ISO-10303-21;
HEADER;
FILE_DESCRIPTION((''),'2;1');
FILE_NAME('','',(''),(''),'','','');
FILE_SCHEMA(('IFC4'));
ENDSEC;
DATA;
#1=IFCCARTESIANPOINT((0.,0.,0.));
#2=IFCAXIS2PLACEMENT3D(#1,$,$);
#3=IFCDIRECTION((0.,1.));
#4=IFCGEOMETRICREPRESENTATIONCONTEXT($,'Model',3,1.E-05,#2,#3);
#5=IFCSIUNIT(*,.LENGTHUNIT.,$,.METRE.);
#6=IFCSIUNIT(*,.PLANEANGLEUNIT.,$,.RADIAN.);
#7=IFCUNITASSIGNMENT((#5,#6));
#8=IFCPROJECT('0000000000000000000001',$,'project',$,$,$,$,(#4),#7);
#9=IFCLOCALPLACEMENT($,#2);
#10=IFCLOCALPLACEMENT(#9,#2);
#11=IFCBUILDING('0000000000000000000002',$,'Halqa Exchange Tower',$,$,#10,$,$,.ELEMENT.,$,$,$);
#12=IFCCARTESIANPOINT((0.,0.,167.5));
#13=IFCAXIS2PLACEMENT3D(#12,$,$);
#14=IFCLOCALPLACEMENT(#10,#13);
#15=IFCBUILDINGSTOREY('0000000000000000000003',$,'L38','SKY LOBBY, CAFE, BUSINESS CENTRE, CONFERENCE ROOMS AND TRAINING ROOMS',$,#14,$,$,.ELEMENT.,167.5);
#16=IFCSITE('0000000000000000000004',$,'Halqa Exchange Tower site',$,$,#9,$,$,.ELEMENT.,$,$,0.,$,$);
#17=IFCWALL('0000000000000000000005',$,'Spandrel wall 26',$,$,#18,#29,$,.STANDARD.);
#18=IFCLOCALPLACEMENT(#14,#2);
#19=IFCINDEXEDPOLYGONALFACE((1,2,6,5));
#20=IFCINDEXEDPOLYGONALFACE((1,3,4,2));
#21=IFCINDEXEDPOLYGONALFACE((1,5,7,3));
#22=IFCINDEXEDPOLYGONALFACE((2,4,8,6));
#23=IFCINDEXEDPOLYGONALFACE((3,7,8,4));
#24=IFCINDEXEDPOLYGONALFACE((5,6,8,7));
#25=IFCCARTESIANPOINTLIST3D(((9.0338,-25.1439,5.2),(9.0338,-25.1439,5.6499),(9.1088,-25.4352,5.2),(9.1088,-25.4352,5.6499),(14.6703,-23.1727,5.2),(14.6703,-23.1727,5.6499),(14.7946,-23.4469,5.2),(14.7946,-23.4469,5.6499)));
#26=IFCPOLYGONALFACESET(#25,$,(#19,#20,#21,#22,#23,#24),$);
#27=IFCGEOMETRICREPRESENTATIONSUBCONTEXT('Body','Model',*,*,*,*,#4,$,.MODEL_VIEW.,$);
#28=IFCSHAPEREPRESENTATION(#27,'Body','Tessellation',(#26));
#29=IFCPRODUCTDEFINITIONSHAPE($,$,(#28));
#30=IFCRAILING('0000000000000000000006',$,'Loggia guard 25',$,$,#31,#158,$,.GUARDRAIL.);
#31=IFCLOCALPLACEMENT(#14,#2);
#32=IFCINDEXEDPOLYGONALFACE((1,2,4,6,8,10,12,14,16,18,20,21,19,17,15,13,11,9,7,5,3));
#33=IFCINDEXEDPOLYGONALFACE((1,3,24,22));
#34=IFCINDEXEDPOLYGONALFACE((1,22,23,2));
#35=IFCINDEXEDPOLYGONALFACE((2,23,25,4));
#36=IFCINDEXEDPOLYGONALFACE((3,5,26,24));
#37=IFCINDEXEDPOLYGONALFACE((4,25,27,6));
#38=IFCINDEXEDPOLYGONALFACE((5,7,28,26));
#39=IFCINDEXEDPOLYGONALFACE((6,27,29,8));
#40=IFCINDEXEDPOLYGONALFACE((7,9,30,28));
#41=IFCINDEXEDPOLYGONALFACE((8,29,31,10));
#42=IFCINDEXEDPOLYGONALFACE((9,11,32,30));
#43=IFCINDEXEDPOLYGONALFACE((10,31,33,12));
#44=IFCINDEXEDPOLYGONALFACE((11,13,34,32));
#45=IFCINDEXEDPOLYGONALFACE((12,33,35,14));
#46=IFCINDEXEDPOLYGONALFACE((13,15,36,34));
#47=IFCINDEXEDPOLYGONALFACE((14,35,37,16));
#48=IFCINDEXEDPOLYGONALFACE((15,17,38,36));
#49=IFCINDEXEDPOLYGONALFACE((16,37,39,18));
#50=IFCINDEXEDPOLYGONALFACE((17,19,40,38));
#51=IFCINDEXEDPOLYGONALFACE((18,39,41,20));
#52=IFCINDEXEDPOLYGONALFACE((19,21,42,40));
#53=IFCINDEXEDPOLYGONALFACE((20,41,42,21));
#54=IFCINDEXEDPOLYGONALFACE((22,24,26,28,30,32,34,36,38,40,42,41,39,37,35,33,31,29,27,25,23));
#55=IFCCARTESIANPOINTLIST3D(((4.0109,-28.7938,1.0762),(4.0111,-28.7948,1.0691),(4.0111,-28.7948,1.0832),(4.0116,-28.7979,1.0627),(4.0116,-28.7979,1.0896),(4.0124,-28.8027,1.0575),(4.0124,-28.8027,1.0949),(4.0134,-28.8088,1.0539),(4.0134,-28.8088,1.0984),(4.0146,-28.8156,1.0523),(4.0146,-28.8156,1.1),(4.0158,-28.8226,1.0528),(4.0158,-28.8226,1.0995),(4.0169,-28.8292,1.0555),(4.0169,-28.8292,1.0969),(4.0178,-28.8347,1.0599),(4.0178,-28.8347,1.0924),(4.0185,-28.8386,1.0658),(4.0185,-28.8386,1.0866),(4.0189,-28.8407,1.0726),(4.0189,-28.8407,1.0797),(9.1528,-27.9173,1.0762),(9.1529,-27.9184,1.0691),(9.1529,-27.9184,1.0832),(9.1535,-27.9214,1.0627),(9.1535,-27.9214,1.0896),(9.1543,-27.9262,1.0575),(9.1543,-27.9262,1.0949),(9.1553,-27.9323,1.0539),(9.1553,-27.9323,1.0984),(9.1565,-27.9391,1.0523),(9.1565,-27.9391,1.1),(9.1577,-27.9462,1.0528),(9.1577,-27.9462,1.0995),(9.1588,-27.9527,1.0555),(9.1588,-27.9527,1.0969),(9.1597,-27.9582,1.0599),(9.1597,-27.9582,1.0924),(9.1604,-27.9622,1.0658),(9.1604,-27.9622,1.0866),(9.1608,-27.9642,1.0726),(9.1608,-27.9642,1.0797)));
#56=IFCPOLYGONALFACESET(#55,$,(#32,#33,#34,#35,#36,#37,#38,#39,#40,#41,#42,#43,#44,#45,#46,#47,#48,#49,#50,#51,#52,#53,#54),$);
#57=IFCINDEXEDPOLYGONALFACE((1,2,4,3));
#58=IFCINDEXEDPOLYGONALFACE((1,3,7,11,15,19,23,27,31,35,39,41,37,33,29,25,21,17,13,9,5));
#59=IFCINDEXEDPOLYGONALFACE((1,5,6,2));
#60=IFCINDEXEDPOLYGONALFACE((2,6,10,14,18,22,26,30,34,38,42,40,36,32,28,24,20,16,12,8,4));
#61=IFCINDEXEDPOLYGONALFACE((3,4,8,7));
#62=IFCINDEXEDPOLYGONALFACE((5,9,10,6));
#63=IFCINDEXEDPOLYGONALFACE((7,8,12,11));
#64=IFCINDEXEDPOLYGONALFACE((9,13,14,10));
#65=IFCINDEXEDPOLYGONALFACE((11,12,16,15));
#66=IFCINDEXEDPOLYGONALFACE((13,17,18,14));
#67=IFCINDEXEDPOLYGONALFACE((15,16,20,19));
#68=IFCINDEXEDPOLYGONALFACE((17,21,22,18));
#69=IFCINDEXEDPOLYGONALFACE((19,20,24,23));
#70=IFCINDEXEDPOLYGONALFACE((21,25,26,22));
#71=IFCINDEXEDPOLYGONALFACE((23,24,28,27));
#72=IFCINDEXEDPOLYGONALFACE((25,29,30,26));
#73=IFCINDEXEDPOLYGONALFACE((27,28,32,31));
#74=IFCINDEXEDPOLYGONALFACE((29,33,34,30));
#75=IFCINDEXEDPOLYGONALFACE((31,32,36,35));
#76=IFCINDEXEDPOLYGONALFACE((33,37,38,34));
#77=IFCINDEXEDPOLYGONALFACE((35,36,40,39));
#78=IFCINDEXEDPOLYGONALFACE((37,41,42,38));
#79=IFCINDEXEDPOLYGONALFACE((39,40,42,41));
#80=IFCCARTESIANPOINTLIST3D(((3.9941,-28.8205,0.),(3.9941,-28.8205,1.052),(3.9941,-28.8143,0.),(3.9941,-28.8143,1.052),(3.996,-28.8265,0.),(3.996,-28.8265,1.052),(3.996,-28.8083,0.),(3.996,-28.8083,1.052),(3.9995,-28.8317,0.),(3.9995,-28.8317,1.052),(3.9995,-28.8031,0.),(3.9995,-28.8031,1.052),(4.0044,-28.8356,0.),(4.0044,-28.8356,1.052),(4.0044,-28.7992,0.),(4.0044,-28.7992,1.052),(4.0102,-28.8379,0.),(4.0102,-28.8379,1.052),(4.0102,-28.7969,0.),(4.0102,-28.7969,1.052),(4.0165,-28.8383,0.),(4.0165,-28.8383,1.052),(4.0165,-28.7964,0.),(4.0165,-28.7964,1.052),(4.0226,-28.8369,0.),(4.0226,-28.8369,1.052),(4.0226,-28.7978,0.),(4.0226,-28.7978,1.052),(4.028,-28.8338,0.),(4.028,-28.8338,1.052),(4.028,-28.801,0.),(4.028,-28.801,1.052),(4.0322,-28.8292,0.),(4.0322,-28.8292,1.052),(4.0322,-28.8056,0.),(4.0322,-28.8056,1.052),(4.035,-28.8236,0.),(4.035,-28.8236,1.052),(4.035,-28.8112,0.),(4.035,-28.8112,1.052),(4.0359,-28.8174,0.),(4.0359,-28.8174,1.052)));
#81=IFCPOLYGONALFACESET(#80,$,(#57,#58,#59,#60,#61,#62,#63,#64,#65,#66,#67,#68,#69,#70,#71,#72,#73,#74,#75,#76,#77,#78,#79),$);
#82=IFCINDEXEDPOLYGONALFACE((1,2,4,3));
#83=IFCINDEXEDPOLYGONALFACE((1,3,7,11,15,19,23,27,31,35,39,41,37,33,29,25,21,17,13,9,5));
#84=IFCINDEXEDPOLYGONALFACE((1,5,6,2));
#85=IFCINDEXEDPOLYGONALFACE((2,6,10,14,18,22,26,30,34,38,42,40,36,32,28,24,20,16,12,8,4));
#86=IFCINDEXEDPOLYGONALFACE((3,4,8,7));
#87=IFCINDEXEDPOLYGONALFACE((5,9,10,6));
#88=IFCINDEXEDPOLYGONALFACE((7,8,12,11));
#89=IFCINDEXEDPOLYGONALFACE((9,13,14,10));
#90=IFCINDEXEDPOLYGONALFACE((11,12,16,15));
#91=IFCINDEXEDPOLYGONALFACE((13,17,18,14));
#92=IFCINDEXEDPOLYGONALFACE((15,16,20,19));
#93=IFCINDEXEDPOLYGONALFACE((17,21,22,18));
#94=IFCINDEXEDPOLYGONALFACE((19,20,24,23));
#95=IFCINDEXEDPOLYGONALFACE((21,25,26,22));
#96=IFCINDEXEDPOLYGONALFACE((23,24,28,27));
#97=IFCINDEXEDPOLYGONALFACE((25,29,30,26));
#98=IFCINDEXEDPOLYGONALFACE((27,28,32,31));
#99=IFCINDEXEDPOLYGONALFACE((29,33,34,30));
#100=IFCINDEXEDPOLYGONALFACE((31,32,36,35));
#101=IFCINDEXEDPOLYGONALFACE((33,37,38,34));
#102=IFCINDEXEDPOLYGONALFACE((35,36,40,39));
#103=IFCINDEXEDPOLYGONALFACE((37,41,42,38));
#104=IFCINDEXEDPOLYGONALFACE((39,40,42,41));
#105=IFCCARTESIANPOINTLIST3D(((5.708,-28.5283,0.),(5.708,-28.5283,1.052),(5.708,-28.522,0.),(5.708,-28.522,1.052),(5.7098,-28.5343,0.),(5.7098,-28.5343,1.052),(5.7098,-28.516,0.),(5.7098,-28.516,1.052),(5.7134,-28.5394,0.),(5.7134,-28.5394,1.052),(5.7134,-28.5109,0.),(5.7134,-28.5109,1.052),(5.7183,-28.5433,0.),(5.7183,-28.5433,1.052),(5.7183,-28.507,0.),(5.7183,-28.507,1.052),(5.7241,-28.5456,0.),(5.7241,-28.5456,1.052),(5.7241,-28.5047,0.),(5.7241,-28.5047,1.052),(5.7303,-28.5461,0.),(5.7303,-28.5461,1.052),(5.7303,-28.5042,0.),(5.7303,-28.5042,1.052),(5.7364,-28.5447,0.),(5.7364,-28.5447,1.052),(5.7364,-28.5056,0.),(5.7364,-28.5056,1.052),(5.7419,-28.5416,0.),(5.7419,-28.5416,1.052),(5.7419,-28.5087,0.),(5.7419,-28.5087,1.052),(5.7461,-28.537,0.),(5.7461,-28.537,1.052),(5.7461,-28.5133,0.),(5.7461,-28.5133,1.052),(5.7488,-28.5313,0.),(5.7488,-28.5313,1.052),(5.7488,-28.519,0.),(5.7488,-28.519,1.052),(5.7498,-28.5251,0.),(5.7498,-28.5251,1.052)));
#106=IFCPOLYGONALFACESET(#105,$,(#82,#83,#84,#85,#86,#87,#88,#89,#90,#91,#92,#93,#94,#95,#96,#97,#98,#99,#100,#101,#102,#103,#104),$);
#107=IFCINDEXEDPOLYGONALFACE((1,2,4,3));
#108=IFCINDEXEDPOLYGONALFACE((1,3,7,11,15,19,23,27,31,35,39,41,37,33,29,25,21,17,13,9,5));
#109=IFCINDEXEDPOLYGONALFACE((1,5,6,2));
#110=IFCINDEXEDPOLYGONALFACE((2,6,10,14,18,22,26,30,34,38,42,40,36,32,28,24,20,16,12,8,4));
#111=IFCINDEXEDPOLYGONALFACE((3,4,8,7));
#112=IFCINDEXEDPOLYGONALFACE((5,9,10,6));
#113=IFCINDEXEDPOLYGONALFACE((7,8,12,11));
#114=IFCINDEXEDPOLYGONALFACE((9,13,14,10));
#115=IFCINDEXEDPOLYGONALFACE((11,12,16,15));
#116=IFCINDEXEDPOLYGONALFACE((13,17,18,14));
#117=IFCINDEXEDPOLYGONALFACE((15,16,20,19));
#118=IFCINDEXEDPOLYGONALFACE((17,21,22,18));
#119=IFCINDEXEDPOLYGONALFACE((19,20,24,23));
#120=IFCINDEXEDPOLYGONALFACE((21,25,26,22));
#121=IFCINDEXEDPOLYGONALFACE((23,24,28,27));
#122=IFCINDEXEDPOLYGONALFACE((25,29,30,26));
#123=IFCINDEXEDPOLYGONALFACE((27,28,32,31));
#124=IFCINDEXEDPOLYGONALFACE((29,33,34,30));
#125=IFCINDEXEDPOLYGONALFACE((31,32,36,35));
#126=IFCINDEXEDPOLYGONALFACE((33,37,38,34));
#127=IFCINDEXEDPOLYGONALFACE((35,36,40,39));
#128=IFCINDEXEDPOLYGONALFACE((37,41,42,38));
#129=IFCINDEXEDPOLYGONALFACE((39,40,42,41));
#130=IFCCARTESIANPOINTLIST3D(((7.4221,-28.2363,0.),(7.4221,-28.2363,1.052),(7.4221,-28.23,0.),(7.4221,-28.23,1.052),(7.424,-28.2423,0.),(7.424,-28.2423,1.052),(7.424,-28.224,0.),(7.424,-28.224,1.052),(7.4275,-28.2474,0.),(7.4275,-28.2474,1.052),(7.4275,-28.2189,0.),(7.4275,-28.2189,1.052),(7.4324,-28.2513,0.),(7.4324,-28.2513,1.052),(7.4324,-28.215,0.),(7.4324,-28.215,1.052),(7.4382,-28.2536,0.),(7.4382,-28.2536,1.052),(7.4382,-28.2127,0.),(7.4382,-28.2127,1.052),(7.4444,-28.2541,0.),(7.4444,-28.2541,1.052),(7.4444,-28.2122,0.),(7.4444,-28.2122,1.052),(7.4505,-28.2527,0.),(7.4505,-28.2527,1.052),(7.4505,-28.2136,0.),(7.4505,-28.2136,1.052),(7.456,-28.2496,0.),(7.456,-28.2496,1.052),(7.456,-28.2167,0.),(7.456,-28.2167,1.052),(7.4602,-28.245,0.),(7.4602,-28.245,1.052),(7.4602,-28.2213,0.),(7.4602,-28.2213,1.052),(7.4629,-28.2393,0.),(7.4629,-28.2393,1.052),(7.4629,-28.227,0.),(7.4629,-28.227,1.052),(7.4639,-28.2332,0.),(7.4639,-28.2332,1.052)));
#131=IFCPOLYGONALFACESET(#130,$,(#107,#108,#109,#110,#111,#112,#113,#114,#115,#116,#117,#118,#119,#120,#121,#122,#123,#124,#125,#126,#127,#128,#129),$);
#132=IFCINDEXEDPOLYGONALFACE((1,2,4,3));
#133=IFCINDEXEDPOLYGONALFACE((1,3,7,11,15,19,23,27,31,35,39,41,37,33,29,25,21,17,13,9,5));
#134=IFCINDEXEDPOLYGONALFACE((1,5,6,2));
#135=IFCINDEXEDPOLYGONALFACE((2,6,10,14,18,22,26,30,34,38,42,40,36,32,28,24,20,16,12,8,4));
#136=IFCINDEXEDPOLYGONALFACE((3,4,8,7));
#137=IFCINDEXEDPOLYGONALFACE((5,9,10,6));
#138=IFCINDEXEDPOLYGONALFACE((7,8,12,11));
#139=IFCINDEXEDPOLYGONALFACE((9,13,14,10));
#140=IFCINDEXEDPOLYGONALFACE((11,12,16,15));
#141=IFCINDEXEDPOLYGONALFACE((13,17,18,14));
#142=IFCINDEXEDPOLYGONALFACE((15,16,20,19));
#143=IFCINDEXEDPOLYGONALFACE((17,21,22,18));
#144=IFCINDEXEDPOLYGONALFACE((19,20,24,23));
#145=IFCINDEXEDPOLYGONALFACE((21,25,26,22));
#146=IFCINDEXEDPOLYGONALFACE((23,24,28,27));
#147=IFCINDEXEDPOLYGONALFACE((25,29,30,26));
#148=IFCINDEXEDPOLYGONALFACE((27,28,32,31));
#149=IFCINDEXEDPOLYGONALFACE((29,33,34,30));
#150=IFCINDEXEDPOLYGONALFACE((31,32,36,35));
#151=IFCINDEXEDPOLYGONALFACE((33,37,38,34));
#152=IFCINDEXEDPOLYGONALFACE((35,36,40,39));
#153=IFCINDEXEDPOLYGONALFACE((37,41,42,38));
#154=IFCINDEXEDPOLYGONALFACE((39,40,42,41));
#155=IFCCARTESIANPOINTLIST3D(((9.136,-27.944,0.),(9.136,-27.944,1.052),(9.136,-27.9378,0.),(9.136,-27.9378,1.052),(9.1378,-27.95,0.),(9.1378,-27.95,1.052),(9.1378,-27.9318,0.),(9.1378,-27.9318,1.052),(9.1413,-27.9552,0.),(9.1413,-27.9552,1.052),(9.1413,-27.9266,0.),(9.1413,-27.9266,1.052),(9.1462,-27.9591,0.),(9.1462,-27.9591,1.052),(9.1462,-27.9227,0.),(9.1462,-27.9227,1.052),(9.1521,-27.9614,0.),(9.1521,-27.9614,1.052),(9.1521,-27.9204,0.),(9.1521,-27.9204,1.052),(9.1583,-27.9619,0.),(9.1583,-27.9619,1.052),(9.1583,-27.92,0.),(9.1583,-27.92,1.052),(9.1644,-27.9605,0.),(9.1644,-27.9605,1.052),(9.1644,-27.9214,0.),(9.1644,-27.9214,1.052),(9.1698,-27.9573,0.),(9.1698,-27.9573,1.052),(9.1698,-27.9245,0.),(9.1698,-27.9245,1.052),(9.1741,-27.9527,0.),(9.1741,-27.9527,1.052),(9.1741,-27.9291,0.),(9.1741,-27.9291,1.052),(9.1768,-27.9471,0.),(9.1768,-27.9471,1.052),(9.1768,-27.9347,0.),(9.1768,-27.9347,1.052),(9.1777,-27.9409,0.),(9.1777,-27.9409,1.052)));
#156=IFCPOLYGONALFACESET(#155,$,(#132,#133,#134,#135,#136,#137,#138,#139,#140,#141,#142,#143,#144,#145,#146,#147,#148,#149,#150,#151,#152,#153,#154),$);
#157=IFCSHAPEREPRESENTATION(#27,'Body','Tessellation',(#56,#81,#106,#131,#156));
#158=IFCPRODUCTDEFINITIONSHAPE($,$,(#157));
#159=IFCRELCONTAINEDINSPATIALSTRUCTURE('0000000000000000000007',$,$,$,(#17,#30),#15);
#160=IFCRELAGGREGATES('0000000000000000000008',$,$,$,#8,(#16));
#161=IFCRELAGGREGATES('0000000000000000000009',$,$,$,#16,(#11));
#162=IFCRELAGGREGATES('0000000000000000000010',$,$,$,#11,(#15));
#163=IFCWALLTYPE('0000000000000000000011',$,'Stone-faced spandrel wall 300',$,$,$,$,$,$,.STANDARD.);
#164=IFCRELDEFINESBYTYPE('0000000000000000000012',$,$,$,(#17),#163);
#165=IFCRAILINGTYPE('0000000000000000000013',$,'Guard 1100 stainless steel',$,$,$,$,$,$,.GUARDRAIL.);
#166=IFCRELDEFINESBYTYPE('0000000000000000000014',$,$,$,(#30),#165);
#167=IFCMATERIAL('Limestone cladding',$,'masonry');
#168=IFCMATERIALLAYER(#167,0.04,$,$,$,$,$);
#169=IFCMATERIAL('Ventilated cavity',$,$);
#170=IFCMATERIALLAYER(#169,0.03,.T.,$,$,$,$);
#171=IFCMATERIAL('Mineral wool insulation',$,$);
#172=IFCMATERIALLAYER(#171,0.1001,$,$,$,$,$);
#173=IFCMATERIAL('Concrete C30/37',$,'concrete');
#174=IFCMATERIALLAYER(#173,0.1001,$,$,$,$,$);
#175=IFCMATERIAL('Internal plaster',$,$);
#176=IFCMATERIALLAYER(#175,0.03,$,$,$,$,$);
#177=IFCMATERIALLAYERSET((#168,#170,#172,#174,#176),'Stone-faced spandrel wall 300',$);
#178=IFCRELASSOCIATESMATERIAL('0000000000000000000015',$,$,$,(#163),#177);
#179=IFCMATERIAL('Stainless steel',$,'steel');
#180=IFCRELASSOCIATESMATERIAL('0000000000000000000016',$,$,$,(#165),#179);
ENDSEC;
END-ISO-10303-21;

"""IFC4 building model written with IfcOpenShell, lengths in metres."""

from ifc_helpers import new_model, si_unit, direction, frame, origin, origin_2d, place, context, subcontext, project, spatial, polyline, circle, outline, extrude, material, layer, layer_set, type_object, element, save


model = new_model("IFC4")

# Units and contexts
model_context = context("Model", 3, precision=1e-05, world=origin(), true_north=direction((0.0, 1.0)))
body_context = subcontext(model_context, "Body", "Model", "MODEL_VIEW")
ifc_project = project(units=[si_unit("LENGTHUNIT", "METRE"), si_unit("PLANEANGLEUNIT", "RADIAN")], contexts=[model_context])

# Site, building, storey
site_placement = place(None, origin())
site = spatial("IfcSite", under=ifc_project, at=site_placement, Name="Halqa Exchange Tower site", CompositionType="ELEMENT", RefElevation=0.0)
building_placement = place(site_placement, origin())
building = spatial("IfcBuilding", under=site, at=building_placement, Name="Halqa Exchange Tower", CompositionType="ELEMENT")
storey_placement = place(building_placement, frame((0.0, 0.0, 167.5)))
storey = spatial("IfcBuildingStorey", under=building, at=storey_placement, Name="L38", Description="SKY LOBBY, CAFE, BUSINESS CENTRE, CONFERENCE ROOMS AND TRAINING ROOMS", CompositionType="ELEMENT", Elevation=167.5)

# Wall
ifc_material_1 = material(Name="Limestone cladding", Category="masonry")
ifc_layer_1 = layer(ifc_material_1, 0.04)
ifc_material_2 = material(Name="Ventilated cavity")
ifc_layer_2 = layer(ifc_material_2, 0.03, ventilated=True)
ifc_material_3 = material(Name="Mineral wool insulation")
ifc_layer_3 = layer(ifc_material_3, 0.1001)
ifc_material_4 = material(Name="Concrete C30/37", Category="concrete")
ifc_layer_4 = layer(ifc_material_4, 0.1001)
ifc_material_5 = material(Name="Internal plaster")
ifc_layer_5 = layer(ifc_material_5, 0.03)
ifc_layer_set_1 = layer_set([ifc_layer_1, ifc_layer_2, ifc_layer_3, ifc_layer_4, ifc_layer_5], Name="Stone-faced spandrel wall 300")
wall_type = type_object("IfcWallType", Name="Stone-faced spandrel wall 300", PredefinedType="STANDARD", material=ifc_layer_set_1)
wall_1_placement = place(storey_placement, frame((9.0713, -25.2896, 5.2), z_axis=(0.0, 0.0, 1.0), x_axis=(0.943945, 0.330104, 0.0)))
element("IfcWall", 1, at=wall_1_placement, inside=storey, type_object=wall_type, Name="Spandrel wall 26", PredefinedType="STANDARD", context=body_context, shape_type="SweptSolid", body=[
    extrude(outline(polyline([(-0.0127, -0.1499), (6.0107, -0.1499), (5.9839, 0.1499), (0.0127, 0.1499), (-0.0127, -0.1499)])), origin(), (0.0, 0.0, 1.0), 0.45),
])

# Railing
ifc_material_6 = material(Name="Stainless steel", Category="steel")
railing_type = type_object("IfcRailingType", Name="Guard 1100 stainless steel", PredefinedType="GUARDRAIL", material=ifc_material_6)
railing_1_placement = place(storey_placement, frame((4.0149, -28.8174, 0.0)))
element("IfcRailing", 2, at=railing_1_placement, inside=storey, type_object=railing_type, Name="Loggia guard 25", PredefinedType="GUARDRAIL", context=body_context, shape_type="SweptSolid", body=[
    extrude(circle(Radius=0.0239, at=origin_2d()), frame((0.0, 0.0, 1.0762), z_axis=(0.985781, 0.168034, 0.0), x_axis=(-0.168034, 0.985781, 0.0)), (0.0, 0.0, 1.0), 5.2161),
    extrude(circle(Radius=0.021, at=origin_2d()), origin(), (0.0, 0.0, 1.0), 1.052),
    extrude(circle(Radius=0.021, at=origin_2d()), frame((1.7139, 0.2922, 0.0)), (0.0, 0.0, 1.0), 1.052),
    extrude(circle(Radius=0.021, at=origin_2d()), frame((3.428, 0.5842, 0.0)), (0.0, 0.0, 1.0), 1.052),
    extrude(circle(Radius=0.021, at=origin_2d()), frame((5.1418, 0.8765, 0.0)), (0.0, 0.0, 1.0), 1.052),
])

save(model, "model.ifc")
